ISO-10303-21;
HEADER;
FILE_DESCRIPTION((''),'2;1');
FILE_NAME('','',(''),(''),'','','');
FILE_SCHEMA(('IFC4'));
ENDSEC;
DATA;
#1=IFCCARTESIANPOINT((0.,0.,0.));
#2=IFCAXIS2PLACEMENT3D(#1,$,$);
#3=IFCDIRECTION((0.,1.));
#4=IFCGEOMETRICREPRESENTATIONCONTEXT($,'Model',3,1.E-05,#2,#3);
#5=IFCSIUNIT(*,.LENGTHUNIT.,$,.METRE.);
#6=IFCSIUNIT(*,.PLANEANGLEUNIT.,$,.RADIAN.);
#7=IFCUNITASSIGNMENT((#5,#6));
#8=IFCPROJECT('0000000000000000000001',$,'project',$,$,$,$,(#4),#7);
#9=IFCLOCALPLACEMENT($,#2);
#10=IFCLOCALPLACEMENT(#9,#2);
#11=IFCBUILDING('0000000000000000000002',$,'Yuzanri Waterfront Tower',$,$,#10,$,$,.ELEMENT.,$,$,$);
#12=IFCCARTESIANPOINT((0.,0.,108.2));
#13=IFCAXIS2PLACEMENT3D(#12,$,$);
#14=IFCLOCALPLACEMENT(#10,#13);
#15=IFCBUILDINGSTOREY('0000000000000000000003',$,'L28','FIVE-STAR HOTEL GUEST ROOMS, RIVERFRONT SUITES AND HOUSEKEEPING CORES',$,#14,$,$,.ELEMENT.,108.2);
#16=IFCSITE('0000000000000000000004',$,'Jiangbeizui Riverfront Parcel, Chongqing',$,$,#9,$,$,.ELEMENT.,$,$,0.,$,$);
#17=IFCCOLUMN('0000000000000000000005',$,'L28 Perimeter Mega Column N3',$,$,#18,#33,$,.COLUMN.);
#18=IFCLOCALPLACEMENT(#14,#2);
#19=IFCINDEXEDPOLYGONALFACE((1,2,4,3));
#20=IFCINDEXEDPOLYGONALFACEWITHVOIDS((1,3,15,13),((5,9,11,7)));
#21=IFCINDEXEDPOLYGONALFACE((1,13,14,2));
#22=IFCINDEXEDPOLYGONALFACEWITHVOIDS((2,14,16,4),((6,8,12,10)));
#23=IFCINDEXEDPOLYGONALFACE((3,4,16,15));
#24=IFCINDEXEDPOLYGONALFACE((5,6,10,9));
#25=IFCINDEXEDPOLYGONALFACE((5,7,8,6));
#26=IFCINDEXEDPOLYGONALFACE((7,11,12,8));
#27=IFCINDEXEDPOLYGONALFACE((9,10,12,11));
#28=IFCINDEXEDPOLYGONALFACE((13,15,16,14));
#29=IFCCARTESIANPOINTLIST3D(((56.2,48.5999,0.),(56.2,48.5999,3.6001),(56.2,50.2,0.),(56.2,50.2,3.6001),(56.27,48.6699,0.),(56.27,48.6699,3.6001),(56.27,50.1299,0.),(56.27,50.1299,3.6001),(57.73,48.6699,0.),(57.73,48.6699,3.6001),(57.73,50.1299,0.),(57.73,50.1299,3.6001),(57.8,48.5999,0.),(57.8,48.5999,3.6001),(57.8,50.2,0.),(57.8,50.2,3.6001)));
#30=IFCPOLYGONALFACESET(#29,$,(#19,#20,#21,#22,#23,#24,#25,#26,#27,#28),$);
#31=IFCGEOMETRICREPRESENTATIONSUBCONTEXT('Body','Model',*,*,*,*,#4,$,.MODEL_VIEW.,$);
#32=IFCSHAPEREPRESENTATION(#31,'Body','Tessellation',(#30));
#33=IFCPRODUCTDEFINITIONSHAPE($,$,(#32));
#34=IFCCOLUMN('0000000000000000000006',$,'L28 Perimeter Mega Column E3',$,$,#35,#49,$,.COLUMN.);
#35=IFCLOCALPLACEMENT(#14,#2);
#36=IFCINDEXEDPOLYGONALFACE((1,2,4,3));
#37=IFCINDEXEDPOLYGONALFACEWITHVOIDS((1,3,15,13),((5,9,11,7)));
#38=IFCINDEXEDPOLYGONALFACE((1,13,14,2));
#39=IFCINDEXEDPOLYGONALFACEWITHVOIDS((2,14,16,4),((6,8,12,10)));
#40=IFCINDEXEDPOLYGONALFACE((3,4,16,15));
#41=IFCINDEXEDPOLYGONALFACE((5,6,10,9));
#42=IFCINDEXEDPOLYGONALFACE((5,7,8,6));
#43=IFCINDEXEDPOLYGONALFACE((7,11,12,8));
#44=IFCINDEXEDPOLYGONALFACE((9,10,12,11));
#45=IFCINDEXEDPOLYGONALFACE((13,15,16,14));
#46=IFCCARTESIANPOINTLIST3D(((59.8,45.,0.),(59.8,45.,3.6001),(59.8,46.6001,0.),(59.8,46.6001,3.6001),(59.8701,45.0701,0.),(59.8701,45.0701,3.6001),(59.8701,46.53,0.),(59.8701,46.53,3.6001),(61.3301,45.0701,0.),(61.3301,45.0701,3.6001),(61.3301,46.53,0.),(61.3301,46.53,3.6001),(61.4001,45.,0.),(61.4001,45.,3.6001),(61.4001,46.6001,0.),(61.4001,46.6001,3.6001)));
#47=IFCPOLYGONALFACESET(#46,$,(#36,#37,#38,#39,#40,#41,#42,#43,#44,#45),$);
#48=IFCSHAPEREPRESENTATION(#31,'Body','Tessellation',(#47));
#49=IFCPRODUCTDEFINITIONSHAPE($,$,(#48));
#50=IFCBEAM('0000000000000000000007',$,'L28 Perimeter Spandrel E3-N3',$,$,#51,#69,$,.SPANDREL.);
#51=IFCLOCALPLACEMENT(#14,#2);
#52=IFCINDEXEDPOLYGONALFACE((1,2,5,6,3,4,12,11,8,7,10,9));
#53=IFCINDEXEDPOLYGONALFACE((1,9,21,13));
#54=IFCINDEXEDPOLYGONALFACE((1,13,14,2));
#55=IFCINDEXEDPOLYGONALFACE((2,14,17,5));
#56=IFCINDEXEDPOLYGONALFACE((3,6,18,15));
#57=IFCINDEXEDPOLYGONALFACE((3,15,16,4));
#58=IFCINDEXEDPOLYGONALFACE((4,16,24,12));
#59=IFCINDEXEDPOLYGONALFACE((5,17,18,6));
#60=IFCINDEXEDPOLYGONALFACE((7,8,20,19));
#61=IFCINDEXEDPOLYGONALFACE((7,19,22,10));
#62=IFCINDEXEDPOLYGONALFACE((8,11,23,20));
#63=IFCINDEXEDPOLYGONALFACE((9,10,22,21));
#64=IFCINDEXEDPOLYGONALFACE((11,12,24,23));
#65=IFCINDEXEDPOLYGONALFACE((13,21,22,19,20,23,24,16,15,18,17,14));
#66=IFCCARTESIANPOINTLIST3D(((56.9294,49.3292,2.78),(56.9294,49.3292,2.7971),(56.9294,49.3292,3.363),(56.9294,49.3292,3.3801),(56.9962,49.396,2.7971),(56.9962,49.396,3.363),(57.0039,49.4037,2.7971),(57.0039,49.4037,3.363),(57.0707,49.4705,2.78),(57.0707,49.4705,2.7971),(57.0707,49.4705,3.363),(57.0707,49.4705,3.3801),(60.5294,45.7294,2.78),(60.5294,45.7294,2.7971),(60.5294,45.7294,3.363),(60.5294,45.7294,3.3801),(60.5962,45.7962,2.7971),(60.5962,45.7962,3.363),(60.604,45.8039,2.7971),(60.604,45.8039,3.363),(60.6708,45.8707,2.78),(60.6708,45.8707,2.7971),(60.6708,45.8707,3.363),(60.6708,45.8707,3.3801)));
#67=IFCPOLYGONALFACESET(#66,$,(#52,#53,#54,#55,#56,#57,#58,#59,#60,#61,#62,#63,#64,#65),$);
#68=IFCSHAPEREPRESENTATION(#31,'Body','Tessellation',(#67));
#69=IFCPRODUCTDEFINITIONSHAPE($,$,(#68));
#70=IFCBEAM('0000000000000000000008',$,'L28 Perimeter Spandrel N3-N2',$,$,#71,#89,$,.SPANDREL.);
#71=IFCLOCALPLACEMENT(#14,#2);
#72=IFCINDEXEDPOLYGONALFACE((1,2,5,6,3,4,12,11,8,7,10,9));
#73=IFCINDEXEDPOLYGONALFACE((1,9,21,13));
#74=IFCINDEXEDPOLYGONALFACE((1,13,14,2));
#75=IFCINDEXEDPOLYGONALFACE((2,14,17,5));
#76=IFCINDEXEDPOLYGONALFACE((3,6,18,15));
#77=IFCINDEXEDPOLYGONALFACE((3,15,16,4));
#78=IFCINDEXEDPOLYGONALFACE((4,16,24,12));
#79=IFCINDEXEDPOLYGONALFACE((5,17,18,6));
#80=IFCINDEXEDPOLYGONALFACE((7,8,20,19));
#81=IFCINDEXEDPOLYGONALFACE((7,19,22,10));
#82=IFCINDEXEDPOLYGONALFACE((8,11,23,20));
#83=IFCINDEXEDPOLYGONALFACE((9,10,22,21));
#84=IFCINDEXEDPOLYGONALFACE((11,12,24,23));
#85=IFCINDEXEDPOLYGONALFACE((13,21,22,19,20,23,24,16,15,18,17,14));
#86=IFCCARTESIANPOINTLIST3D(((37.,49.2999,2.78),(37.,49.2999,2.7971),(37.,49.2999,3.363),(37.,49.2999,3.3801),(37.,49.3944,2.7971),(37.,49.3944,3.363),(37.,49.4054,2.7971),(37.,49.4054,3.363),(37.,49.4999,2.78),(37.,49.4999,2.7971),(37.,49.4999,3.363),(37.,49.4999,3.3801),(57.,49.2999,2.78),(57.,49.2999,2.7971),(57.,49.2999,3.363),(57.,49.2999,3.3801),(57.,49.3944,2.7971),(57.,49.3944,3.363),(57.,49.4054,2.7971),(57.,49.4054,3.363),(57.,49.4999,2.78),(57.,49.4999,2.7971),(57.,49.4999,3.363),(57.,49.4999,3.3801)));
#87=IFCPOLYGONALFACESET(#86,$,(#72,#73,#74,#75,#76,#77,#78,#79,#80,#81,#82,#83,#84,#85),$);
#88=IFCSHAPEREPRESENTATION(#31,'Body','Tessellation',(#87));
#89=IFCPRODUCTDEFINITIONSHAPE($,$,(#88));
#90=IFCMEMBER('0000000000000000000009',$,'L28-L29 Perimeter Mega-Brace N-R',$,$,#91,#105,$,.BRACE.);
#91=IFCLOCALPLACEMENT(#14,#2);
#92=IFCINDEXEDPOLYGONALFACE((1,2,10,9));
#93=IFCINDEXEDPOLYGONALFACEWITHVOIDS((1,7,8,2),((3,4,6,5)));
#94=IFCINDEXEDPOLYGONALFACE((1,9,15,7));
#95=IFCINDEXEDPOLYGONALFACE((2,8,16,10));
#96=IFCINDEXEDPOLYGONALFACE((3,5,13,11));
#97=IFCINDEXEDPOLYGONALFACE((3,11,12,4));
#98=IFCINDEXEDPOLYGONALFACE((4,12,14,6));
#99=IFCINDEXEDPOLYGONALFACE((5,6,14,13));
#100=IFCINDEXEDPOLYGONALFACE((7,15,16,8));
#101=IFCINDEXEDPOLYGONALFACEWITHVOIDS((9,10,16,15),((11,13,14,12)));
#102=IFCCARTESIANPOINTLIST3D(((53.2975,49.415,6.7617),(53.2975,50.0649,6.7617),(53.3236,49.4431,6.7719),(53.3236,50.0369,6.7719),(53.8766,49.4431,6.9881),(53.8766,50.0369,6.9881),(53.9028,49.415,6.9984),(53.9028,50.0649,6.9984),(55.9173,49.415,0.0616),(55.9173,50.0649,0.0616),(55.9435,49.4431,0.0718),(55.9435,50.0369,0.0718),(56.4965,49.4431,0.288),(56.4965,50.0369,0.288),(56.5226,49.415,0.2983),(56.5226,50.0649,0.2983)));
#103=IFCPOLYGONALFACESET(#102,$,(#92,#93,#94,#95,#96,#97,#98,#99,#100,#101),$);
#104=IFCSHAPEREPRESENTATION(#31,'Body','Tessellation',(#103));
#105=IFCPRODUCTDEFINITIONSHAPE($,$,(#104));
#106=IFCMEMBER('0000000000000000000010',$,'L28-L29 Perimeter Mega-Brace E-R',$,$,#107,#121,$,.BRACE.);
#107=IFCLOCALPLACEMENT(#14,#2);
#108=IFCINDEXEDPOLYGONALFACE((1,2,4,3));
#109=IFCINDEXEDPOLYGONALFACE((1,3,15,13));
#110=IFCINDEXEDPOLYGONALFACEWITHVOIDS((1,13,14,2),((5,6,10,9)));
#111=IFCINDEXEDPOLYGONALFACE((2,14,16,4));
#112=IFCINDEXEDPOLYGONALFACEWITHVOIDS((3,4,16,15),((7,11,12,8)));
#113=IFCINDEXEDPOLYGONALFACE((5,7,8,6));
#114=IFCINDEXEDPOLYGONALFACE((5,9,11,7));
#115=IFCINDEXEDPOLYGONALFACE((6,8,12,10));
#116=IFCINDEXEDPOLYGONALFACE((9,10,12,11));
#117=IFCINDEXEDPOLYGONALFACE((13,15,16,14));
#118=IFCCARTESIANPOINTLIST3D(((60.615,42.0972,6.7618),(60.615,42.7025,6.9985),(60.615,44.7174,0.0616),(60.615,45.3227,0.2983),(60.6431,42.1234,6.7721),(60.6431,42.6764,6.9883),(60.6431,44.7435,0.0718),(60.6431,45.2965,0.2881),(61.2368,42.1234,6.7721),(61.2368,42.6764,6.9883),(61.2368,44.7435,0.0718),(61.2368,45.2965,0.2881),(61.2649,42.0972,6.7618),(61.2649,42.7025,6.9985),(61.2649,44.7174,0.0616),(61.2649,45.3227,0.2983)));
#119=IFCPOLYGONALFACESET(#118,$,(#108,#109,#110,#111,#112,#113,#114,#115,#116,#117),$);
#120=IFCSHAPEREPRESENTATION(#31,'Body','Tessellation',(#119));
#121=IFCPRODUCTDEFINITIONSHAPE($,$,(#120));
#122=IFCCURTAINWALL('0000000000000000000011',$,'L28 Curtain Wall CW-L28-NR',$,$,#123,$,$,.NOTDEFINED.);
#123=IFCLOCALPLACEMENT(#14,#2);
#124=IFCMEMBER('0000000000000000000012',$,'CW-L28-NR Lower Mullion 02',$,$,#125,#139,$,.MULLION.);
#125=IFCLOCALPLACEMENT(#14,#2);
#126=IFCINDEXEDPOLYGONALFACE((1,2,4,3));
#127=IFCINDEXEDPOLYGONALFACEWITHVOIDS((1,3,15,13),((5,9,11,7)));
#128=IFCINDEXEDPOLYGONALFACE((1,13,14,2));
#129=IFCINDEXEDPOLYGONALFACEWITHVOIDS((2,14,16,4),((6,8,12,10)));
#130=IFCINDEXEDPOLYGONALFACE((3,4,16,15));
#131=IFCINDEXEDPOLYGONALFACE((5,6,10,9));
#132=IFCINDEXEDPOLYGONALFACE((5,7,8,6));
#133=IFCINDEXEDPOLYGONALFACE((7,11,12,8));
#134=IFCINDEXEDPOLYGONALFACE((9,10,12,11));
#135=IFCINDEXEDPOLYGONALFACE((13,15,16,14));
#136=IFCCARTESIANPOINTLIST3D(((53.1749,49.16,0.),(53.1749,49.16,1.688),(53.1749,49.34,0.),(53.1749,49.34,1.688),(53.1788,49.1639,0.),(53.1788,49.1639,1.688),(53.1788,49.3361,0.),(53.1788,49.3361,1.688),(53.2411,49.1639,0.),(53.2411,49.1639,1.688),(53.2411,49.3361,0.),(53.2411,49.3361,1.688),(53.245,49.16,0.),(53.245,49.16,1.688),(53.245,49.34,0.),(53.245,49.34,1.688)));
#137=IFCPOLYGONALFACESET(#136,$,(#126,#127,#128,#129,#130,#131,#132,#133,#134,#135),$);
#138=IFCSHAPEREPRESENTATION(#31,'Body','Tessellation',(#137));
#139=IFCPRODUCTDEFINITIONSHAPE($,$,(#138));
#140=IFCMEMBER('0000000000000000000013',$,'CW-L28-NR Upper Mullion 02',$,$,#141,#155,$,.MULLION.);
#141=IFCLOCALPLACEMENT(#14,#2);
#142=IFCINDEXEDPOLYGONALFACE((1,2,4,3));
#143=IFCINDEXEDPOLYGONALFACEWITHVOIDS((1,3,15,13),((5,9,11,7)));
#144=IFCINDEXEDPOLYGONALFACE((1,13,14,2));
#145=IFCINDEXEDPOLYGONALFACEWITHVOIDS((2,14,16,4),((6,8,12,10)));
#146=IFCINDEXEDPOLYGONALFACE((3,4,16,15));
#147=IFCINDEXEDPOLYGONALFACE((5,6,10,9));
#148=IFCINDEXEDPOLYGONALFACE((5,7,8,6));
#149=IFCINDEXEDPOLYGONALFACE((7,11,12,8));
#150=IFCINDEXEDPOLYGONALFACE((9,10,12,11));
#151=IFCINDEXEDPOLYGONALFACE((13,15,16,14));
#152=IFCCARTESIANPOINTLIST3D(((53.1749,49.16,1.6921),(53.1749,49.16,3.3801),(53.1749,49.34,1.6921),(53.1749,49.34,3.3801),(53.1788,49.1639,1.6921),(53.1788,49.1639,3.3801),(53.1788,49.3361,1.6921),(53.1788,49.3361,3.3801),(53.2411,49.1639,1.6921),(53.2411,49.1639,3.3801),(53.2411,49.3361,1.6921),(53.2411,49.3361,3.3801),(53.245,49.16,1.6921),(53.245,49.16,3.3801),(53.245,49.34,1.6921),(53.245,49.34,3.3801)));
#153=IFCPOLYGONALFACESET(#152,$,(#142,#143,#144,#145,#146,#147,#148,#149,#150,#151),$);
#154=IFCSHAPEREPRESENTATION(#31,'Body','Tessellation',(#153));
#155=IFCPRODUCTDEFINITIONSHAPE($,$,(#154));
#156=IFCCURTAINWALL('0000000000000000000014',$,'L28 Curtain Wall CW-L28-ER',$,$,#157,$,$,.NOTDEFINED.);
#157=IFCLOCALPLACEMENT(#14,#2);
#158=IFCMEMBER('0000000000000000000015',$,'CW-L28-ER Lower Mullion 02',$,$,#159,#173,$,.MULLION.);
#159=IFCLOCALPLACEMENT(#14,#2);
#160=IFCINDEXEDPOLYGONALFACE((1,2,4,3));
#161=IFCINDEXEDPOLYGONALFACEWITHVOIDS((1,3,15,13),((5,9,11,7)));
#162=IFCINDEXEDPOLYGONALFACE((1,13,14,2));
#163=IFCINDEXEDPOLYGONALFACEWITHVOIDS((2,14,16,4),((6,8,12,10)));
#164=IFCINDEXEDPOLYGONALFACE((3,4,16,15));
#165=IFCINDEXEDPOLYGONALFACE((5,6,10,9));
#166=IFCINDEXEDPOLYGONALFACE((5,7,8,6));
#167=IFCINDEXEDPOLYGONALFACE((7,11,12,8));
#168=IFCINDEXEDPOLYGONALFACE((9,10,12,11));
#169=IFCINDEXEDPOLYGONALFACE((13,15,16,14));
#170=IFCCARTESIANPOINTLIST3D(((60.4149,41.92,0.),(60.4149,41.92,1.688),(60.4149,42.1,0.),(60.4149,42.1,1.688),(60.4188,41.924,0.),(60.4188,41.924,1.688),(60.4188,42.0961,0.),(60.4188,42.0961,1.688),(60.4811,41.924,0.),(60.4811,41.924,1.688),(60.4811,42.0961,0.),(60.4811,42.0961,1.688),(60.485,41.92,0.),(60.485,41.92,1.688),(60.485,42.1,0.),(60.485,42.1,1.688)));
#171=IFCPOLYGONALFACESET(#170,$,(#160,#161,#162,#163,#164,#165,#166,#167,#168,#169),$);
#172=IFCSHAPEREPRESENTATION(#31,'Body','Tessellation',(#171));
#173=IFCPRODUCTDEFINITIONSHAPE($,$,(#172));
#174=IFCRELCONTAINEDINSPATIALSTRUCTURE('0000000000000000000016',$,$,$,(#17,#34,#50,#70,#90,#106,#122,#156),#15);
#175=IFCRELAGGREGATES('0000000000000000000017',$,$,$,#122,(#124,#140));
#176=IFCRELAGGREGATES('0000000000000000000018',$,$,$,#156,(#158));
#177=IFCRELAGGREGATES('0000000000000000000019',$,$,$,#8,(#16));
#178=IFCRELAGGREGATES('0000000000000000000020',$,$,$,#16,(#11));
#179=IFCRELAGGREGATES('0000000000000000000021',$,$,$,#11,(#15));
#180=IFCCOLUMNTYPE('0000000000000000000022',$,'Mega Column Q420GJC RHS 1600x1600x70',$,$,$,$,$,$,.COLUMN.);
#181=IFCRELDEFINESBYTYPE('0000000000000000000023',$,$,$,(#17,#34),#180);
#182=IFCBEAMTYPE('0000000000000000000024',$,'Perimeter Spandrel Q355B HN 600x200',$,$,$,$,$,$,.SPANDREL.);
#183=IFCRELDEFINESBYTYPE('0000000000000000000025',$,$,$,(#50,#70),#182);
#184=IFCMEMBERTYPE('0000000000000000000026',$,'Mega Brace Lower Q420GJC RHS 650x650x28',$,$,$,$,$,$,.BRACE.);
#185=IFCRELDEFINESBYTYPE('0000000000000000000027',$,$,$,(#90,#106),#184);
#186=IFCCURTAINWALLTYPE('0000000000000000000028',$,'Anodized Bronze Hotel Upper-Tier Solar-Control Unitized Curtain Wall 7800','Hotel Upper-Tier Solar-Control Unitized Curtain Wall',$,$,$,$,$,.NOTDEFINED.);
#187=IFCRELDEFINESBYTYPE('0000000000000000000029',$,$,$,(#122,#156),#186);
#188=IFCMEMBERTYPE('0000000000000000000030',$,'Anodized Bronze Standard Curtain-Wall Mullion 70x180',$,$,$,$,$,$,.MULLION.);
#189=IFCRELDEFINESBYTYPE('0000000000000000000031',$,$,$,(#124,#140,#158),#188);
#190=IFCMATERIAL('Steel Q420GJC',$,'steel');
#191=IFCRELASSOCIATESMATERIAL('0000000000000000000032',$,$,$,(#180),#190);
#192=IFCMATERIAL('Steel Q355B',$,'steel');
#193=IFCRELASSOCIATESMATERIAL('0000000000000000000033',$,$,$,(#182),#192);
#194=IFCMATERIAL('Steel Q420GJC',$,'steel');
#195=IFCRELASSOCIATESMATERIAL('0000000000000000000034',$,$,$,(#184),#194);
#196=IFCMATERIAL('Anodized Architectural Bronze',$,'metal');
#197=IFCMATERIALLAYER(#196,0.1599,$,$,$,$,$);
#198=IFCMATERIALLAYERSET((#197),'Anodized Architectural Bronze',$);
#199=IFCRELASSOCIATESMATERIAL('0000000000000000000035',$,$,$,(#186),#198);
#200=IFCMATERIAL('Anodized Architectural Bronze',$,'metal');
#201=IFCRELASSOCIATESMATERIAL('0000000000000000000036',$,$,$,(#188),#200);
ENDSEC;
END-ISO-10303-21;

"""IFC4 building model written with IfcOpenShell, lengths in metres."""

from ifc_helpers import new_model, si_unit, direction, frame, origin, origin_2d, place, context, subcontext, project, spatial, hollow_rectangle, i_section, extrude, source, transform, mapped, material, layer, layer_set, material_profile, profile_set, type_object, element, aggregate, save


model = new_model("IFC4")

# Units and contexts
model_context = context("Model", 3, precision=1e-05, world=origin(), true_north=direction((0.0, 1.0)))
body_context = subcontext(model_context, "Body", "Model", "MODEL_VIEW")
ifc_project = project(units=[si_unit("LENGTHUNIT", "METRE"), si_unit("PLANEANGLEUNIT", "RADIAN")], contexts=[model_context])

# Site, building, storey
site_placement = place(None, origin())
site = spatial("IfcSite", under=ifc_project, at=site_placement, Name="Jiangbeizui Riverfront Parcel, Chongqing", CompositionType="ELEMENT", RefElevation=0.0)
building_placement = place(site_placement, origin())
building = spatial("IfcBuilding", under=site, at=building_placement, Name="Yuzanri Waterfront Tower", CompositionType="ELEMENT")
storey_placement = place(building_placement, frame((0.0, 0.0, 108.2)))
storey = spatial("IfcBuildingStorey", under=building, at=storey_placement, Name="L28", Description="FIVE-STAR HOTEL GUEST ROOMS, RIVERFRONT SUITES AND HOUSEKEEPING CORES", CompositionType="ELEMENT", Elevation=108.2)

# Columns
ifc_material_1 = material(Name="Steel Q420GJC", Category="steel")
ifc_material_profile_1 = material_profile(ifc_material_1, hollow_rectangle(XDim=1.6001, YDim=1.6001, WallThickness=0.0701, at=origin_2d()), Name="RHS 1600x1600x70")
ifc_profile_set_1 = profile_set([ifc_material_profile_1], Name="Steel Q420GJC")
column_type = type_object("IfcColumnType", Name="Mega Column Q420GJC RHS 1600x1600x70", PredefinedType="COLUMN", material=ifc_profile_set_1)
shared_shape_1 = source(origin(), body_context, "Body", "SweptSolid", [
    extrude(hollow_rectangle(XDim=1.6001, YDim=1.6001, WallThickness=0.0701, at=origin_2d()), origin(), (0.0, 0.0, 1.0), 3.6001),
])
for number, where, z_axis, x_axis, name in (
    (1, (57.0, 49.3999, 0.0), (0.0, 0.0, 1.0), (1.0, 0.0, 0.0), "L28 Perimeter Mega Column N3"),
    (2, (60.6001, 45.8, 0.0), (0.0, 0.0, 1.0), (1.0, 0.0, 0.0), "L28 Perimeter Mega Column E3"),
):
    element("IfcColumn", number, at=place(storey_placement, frame(where, z_axis=z_axis, x_axis=x_axis)), inside=storey, type_object=column_type, Name=name, PredefinedType="COLUMN", context=body_context, shape_type="MappedRepresentation", body=[
        mapped(shared_shape_1, transform((0.0, 0.0, 0.0), scale=1.0)),
    ])

# Beams
ifc_material_2 = material(Name="Steel Q355B", Category="steel")
ifc_material_profile_2 = material_profile(ifc_material_2, i_section(OverallWidth=0.2, OverallDepth=0.6001, WebThickness=0.011, FlangeThickness=0.0171, at=origin_2d()), Name="HN 600x200x11x17")
ifc_profile_set_2 = profile_set([ifc_material_profile_2], Name="Steel Q355B")
beam_type = type_object("IfcBeamType", Name="Perimeter Spandrel Q355B HN 600x200", PredefinedType="SPANDREL", material=ifc_profile_set_2)
shared_shape_2 = source(origin(), body_context, "Body", "SweptSolid", [
    extrude(i_section(OverallWidth=0.2, OverallDepth=0.6001, WebThickness=0.011, FlangeThickness=0.0171, at=origin_2d()), origin(), (0.0, 0.0, 1.0), 5.0911),
])
beam_1_placement = place(storey_placement, frame((60.6001, 45.8, 3.0801), z_axis=(-0.707131, 0.707083, 0.0), x_axis=(-0.707083, -0.707131, 0.0)))
element("IfcBeam", 3, at=beam_1_placement, inside=storey, type_object=beam_type, Name="L28 Perimeter Spandrel E3-N3", PredefinedType="SPANDREL", context=body_context, shape_type="MappedRepresentation", body=[
    mapped(shared_shape_2, transform((0.0, 0.0, 0.0), scale=1.0)),
])
shared_shape_3 = source(origin(), body_context, "Body", "SweptSolid", [
    extrude(i_section(OverallWidth=0.2, OverallDepth=0.6001, WebThickness=0.011, FlangeThickness=0.0171, at=origin_2d()), origin(), (0.0, 0.0, 1.0), 20.0),
])
beam_2_placement = place(storey_placement, frame((57.0, 49.3999, 3.0801), z_axis=(-1.0, 0.0, 0.0), x_axis=(0.0, -1.0, 0.0)))
element("IfcBeam", 4, at=beam_2_placement, inside=storey, type_object=beam_type, Name="L28 Perimeter Spandrel N3-N2", PredefinedType="SPANDREL", context=body_context, shape_type="MappedRepresentation", body=[
    mapped(shared_shape_3, transform((0.0, 0.0, 0.0), scale=1.0)),
])

# Members
ifc_material_3 = material(Name="Steel Q420GJC", Category="steel")
ifc_material_profile_3 = material_profile(ifc_material_3, hollow_rectangle(XDim=0.6499, YDim=0.6499, WallThickness=0.0281, at=origin_2d()), Name="RHS 650x650x28")
ifc_profile_set_3 = profile_set([ifc_material_profile_3], Name="Steel Q420GJC")
member_type_1 = type_object("IfcMemberType", Name="Mega Brace Lower Q420GJC RHS 650x650x28", PredefinedType="BRACE", material=ifc_profile_set_3)
shared_shape_4 = source(origin(), body_context, "Body", "SweptSolid", [
    extrude(hollow_rectangle(XDim=0.6499, YDim=0.6499, WallThickness=0.0281, at=origin_2d()), origin(), (0.0, 0.0, 1.0), 7.1941),
])
member_1_placement = place(storey_placement, frame((56.22, 49.74, 0.1799), z_axis=(-0.364165, 0.0, 0.931334), x_axis=(0.0, -1.0, 0.0)))
element("IfcMember", 5, at=member_1_placement, inside=storey, type_object=member_type_1, Name="L28-L29 Perimeter Mega-Brace N-R", PredefinedType="BRACE", context=body_context, shape_type="MappedRepresentation", body=[
    mapped(shared_shape_4, transform((0.0, 0.0, 0.0), scale=1.0)),
])
shared_shape_5 = source(origin(), body_context, "Body", "SweptSolid", [
    extrude(hollow_rectangle(XDim=0.6499, YDim=0.6499, WallThickness=0.0281, at=origin_2d()), origin(), (0.0, 0.0, 1.0), 7.1943),
])
member_2_placement = place(storey_placement, frame((60.9399, 45.02, 0.1799), z_axis=(0.0, -0.364195, 0.931323), x_axis=(1.0, 0.0, 0.0)))
element("IfcMember", 6, at=member_2_placement, inside=storey, type_object=member_type_1, Name="L28-L29 Perimeter Mega-Brace E-R", PredefinedType="BRACE", context=body_context, shape_type="MappedRepresentation", body=[
    mapped(shared_shape_5, transform((0.0, 0.0, 0.0), scale=1.0)),
])

# Curtain walls, members
ifc_material_4 = material(Name="Anodized Architectural Bronze", Category="metal")
ifc_layer_1 = layer(ifc_material_4, 0.1599)
ifc_layer_set_1 = layer_set([ifc_layer_1], Name="Anodized Architectural Bronze")
curtain_wall_type = type_object("IfcCurtainWallType", Name="Anodized Bronze Hotel Upper-Tier Solar-Control Unitized Curtain Wall 7800", Description="Hotel Upper-Tier Solar-Control Unitized Curtain Wall", PredefinedType="NOTDEFINED", material=ifc_layer_set_1)
curtain_wall_1_placement = place(storey_placement, origin())
curtain_wall_1 = element("IfcCurtainWall", 7, at=curtain_wall_1_placement, inside=storey, type_object=curtain_wall_type, Name="L28 Curtain Wall CW-L28-NR", PredefinedType="NOTDEFINED")
ifc_material_5 = material(Name="Anodized Architectural Bronze", Category="metal")
ifc_material_profile_4 = material_profile(ifc_material_5, hollow_rectangle(XDim=0.0701, YDim=0.1799, WallThickness=0.0039, at=origin_2d()), Name="CWM 70x180")
ifc_profile_set_4 = profile_set([ifc_material_profile_4], Name="Anodized Architectural Bronze")
member_type_2 = type_object("IfcMemberType", Name="Anodized Bronze Standard Curtain-Wall Mullion 70x180", PredefinedType="MULLION", material=ifc_profile_set_4)
shared_shape_6 = source(origin(), body_context, "Body", "SweptSolid", [
    extrude(hollow_rectangle(XDim=0.0701, YDim=0.1799, WallThickness=0.0039, at=origin_2d()), origin(), (0.0, 0.0, 1.0), 1.688),
])
member_3_placement = place(storey_placement, frame((53.21, 49.25, 0.0), z_axis=(0.0, 0.0, 1.0), x_axis=(1.0, 0.0, 0.0)))
member_3 = element("IfcMember", 8, at=member_3_placement, type_object=member_type_2, Name="CW-L28-NR Lower Mullion 02", PredefinedType="MULLION", context=body_context, shape_type="MappedRepresentation", body=[
    mapped(shared_shape_6, transform((0.0, 0.0, 0.0), scale=1.0)),
])
member_4_placement = place(storey_placement, frame((53.21, 49.25, 1.6921), z_axis=(0.0, 0.0, 1.0), x_axis=(1.0, 0.0, 0.0)))
member_4 = element("IfcMember", 9, at=member_4_placement, type_object=member_type_2, Name="CW-L28-NR Upper Mullion 02", PredefinedType="MULLION", context=body_context, shape_type="MappedRepresentation", body=[
    mapped(shared_shape_6, transform((0.0, 0.0, 0.0), scale=1.0)),
])
aggregate(curtain_wall_1, [member_3, member_4])
curtain_wall_2_placement = place(storey_placement, origin())
curtain_wall_2 = element("IfcCurtainWall", 10, at=curtain_wall_2_placement, inside=storey, type_object=curtain_wall_type, Name="L28 Curtain Wall CW-L28-ER", PredefinedType="NOTDEFINED")
member_5_placement = place(storey_placement, frame((60.45, 42.01, 0.0), z_axis=(0.0, 0.0, 1.0), x_axis=(1.0, 0.0, 0.0)))
member_5 = element("IfcMember", 11, at=member_5_placement, type_object=member_type_2, Name="CW-L28-ER Lower Mullion 02", PredefinedType="MULLION", context=body_context, shape_type="MappedRepresentation", body=[
    mapped(shared_shape_6, transform((0.0, 0.0, 0.0), scale=1.0)),
])

aggregate(curtain_wall_2, [member_5])

save(model, "model.ifc")
